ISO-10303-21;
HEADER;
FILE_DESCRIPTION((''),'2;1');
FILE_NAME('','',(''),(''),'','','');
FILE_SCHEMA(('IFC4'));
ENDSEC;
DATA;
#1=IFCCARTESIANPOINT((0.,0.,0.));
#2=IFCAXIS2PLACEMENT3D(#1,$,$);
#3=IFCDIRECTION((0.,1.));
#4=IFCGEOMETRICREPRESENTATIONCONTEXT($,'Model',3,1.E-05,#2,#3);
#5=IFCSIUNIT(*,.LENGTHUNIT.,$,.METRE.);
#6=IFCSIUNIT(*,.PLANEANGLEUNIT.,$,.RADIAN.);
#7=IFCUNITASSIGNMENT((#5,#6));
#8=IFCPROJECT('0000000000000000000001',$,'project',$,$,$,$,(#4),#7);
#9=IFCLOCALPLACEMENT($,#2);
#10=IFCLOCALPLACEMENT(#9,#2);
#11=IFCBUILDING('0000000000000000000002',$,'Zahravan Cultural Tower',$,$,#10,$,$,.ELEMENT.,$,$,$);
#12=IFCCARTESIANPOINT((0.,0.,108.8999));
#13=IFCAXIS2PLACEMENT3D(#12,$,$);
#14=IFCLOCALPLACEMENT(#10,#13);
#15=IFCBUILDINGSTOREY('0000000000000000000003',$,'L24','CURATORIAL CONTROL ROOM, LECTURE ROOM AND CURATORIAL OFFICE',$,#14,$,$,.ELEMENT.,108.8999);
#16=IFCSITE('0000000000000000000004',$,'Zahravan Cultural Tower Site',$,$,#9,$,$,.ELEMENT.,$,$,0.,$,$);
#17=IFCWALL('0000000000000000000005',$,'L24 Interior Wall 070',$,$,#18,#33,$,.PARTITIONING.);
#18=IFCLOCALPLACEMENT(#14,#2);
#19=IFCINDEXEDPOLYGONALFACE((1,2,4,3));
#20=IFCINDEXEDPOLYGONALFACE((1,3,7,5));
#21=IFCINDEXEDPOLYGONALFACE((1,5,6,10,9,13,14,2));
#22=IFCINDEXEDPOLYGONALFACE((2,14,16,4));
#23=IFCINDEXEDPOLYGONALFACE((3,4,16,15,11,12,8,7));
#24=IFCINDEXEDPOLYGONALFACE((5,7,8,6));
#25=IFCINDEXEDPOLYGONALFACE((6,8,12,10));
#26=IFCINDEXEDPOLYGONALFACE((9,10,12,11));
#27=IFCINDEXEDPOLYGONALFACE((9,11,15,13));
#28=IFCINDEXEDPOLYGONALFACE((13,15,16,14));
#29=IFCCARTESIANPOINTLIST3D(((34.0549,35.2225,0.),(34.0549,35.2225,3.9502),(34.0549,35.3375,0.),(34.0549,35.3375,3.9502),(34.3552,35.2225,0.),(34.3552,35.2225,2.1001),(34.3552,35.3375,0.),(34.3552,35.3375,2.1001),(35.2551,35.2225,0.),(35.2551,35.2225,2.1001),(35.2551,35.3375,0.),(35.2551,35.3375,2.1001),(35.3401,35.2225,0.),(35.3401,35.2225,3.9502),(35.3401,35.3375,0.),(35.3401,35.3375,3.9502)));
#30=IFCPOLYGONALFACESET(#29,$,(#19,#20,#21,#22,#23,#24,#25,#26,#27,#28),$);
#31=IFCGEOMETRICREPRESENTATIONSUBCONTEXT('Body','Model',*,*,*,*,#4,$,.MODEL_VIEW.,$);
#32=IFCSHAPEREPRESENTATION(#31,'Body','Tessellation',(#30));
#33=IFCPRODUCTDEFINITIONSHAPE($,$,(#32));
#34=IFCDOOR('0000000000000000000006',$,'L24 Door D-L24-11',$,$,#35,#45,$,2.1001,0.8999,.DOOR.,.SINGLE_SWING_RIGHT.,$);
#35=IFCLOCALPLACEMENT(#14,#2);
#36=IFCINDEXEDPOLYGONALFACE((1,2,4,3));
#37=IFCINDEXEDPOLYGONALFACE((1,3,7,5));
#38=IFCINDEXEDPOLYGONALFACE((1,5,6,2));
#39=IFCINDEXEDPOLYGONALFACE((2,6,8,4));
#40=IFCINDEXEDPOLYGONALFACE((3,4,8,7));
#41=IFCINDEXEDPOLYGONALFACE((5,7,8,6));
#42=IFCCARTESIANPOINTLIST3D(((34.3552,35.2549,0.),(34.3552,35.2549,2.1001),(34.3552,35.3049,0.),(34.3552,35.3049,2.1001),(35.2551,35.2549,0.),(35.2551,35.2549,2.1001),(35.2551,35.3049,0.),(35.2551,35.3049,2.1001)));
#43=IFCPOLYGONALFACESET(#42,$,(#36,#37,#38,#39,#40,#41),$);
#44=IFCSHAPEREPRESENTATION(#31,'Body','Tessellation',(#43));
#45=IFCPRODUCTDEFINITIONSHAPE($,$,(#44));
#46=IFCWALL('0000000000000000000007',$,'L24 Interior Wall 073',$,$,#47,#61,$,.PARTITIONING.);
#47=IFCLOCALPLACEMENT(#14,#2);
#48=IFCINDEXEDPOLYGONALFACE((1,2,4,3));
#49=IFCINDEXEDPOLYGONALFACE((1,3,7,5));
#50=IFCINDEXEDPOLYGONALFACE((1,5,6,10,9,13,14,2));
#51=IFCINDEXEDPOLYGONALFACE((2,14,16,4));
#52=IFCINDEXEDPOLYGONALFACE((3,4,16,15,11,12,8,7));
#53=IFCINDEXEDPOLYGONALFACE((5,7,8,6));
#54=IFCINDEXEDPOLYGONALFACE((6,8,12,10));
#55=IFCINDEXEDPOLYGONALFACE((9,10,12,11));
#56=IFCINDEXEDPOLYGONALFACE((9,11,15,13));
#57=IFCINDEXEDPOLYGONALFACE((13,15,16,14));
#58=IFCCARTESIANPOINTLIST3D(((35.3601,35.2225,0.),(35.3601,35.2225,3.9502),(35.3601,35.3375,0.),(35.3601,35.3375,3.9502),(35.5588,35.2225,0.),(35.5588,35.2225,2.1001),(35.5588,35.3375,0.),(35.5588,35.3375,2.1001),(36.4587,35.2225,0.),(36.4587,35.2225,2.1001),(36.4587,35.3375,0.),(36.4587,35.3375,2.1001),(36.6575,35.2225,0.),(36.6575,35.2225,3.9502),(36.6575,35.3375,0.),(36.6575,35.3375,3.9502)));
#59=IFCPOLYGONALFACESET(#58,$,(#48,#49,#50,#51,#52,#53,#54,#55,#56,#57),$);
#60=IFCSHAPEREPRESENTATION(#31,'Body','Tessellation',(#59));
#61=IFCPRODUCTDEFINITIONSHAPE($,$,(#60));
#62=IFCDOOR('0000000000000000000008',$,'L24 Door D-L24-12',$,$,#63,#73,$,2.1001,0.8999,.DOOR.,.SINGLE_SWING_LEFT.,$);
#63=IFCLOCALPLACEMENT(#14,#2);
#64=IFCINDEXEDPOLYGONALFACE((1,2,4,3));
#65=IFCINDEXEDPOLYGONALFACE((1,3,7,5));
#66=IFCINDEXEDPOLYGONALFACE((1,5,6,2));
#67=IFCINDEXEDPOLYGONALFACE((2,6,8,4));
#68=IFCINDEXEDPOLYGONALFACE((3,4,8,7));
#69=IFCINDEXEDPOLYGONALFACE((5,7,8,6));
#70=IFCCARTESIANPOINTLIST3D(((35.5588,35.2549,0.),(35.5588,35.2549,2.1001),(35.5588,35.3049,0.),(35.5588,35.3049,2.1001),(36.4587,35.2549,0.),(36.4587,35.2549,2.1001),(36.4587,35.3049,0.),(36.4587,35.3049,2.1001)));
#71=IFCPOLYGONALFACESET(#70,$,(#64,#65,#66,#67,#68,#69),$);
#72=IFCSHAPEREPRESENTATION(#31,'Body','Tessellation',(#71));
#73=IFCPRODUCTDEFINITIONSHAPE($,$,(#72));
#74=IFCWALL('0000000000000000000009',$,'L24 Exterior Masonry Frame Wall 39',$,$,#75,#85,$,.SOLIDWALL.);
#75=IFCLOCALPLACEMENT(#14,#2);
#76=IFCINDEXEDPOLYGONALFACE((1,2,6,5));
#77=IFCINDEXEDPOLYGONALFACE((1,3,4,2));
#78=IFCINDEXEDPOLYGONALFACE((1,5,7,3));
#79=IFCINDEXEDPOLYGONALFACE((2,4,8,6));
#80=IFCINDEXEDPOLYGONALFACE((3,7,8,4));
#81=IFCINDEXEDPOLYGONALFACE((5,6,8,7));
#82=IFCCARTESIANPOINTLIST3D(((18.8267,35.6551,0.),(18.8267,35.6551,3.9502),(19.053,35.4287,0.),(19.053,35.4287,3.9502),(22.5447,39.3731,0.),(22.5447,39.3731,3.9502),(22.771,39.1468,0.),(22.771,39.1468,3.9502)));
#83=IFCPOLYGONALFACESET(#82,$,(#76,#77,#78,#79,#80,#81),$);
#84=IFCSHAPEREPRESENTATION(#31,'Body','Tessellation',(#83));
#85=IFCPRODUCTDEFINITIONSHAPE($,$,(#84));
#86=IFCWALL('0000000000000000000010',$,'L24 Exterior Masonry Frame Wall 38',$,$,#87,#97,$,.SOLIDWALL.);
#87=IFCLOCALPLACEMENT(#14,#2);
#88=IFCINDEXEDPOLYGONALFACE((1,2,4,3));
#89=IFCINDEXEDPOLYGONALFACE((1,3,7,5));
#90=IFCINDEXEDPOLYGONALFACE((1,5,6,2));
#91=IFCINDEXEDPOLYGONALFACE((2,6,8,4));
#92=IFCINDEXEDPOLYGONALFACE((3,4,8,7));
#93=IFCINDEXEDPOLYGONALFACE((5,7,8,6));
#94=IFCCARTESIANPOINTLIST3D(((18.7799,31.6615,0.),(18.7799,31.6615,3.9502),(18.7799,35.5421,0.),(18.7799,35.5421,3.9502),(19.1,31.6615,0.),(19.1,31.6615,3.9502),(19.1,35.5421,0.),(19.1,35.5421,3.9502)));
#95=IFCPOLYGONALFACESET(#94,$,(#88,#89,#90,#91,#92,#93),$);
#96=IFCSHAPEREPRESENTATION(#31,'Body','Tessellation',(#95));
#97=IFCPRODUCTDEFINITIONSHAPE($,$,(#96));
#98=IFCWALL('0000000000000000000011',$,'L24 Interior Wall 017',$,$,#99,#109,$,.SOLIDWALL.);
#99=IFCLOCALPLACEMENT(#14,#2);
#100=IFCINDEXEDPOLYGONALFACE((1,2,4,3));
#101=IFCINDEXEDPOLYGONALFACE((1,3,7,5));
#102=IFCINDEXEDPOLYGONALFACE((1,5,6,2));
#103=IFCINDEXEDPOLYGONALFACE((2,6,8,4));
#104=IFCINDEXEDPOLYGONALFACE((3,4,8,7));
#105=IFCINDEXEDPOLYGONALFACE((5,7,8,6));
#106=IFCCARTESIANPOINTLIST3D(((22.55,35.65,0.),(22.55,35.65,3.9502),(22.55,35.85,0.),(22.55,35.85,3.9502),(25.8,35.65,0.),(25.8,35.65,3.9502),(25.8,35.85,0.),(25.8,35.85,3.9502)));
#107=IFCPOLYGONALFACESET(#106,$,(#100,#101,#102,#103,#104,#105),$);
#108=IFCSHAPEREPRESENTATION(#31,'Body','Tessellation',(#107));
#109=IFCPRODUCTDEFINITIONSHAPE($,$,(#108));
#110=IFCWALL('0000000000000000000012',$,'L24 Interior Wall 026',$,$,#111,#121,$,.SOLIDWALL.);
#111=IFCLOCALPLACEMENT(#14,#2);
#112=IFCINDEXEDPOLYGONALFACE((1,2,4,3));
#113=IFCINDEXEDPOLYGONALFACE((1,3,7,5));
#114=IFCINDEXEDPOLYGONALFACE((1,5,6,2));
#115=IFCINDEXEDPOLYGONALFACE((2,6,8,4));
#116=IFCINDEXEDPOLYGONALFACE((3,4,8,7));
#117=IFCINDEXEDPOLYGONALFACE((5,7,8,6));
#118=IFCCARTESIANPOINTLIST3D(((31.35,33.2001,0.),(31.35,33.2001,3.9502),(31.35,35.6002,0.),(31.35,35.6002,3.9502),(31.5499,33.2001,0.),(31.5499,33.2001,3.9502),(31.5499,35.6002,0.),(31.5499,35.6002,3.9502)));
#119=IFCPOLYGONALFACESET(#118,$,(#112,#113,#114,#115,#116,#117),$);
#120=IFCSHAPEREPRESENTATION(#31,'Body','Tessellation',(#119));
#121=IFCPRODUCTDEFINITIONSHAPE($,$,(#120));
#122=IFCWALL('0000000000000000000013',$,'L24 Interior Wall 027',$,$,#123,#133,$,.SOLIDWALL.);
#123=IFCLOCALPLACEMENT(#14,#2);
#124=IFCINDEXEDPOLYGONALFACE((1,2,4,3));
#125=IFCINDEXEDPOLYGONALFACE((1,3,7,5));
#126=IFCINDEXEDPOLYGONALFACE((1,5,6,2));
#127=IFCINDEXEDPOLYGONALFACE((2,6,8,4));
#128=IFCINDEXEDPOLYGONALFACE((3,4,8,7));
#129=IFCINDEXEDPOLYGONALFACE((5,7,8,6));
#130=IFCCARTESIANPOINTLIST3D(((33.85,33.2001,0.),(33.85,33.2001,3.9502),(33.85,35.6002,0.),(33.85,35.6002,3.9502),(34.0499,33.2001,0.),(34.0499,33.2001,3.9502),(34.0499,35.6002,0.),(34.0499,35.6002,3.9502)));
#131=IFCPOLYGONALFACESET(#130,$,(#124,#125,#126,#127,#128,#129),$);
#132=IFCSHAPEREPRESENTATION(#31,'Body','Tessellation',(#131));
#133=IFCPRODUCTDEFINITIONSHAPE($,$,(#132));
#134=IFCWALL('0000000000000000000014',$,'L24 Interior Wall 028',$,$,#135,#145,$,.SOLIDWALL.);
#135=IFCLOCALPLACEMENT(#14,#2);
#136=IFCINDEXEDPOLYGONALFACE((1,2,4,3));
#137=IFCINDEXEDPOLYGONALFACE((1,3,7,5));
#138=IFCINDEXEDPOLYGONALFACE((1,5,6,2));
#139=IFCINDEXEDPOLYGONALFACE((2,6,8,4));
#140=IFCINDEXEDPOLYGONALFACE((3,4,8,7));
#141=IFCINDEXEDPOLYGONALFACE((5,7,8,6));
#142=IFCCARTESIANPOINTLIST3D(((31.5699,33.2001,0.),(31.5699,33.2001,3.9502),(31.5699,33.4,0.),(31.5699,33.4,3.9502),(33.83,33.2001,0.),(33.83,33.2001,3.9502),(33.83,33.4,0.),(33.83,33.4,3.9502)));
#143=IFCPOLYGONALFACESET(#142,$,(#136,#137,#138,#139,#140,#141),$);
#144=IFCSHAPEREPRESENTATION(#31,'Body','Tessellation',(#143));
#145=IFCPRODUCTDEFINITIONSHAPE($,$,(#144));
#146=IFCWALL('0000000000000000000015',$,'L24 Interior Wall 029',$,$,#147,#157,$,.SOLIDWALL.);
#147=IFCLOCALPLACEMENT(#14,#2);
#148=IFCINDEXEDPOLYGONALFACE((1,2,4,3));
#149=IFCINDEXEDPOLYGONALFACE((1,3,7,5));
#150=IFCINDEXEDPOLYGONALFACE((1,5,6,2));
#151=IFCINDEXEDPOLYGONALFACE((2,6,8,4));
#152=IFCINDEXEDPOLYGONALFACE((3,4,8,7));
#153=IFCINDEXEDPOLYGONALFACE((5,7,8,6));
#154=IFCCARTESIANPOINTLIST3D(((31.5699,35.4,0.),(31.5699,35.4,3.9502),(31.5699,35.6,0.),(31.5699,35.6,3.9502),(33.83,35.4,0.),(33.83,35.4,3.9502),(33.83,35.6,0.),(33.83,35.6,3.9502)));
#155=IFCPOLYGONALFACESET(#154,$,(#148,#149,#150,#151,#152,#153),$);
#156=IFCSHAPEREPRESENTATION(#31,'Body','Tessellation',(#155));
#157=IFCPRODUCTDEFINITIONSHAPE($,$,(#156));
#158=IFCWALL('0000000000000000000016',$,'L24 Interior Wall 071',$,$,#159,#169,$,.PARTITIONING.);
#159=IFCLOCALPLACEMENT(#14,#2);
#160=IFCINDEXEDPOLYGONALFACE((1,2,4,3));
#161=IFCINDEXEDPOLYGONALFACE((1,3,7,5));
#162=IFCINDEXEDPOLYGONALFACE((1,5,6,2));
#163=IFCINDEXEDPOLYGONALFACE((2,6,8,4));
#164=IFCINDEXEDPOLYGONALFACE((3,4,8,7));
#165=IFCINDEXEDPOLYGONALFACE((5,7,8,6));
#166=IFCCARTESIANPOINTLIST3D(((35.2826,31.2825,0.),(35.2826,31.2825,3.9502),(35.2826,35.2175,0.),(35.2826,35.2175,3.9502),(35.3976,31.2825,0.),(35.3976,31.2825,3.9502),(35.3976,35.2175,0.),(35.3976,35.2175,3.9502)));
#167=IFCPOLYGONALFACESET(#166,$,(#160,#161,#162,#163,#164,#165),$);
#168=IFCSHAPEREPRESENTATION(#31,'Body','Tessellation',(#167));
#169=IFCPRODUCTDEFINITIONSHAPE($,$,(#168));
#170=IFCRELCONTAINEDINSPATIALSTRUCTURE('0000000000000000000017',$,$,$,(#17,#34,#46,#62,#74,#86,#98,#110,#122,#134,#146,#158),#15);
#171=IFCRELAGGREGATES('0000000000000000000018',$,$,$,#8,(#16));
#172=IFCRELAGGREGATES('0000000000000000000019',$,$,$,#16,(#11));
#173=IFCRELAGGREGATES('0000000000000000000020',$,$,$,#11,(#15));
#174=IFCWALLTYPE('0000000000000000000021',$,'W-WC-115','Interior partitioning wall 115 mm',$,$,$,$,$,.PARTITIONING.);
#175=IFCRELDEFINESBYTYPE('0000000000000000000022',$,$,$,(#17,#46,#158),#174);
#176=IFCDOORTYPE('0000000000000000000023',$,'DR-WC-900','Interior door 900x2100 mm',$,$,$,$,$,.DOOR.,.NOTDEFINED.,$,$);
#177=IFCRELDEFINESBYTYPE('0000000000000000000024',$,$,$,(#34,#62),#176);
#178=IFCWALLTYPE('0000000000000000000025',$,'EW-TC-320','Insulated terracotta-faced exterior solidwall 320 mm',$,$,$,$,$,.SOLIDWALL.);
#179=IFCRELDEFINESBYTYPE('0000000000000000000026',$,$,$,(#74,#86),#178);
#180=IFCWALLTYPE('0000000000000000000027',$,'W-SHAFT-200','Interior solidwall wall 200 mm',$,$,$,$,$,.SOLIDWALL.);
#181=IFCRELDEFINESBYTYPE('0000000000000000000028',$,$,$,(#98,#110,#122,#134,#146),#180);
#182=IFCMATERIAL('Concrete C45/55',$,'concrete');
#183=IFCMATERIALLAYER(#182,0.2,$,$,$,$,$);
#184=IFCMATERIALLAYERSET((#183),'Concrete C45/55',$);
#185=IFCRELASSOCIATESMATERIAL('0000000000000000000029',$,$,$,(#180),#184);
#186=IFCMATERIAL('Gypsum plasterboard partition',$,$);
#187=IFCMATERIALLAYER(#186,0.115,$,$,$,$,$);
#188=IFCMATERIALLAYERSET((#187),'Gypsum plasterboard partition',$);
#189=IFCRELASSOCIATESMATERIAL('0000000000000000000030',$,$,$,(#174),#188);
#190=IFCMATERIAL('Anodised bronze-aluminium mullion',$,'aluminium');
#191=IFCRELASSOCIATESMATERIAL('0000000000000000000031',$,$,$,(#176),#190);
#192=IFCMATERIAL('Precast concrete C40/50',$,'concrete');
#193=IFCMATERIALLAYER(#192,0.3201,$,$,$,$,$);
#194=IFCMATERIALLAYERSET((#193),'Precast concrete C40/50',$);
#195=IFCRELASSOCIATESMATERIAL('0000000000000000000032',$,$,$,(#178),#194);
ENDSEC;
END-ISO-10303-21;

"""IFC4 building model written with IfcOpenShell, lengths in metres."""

from ifc_helpers import new_model, si_unit, direction, frame, frame_2d, origin, place, context, subcontext, project, spatial, rectangle, extrude, source, transform, mapped, material, layer, layer_set, type_object, element, fill, save


model = new_model("IFC4")

# Units and contexts
model_context = context("Model", 3, precision=1e-05, world=origin(), true_north=direction((0.0, 1.0)))
body_context = subcontext(model_context, "Body", "Model", "MODEL_VIEW")
ifc_project = project(units=[si_unit("LENGTHUNIT", "METRE"), si_unit("PLANEANGLEUNIT", "RADIAN")], contexts=[model_context])

# Site, building, storey
site_placement = place(None, origin())
site = spatial("IfcSite", under=ifc_project, at=site_placement, Name="Zahravan Cultural Tower Site", CompositionType="ELEMENT", RefElevation=0.0)
building_placement = place(site_placement, origin())
building = spatial("IfcBuilding", under=site, at=building_placement, Name="Zahravan Cultural Tower", CompositionType="ELEMENT")
storey_placement = place(building_placement, frame((0.0, 0.0, 108.8999)))
storey = spatial("IfcBuildingStorey", under=building, at=storey_placement, Name="L24", Description="CURATORIAL CONTROL ROOM, LECTURE ROOM AND CURATORIAL OFFICE", CompositionType="ELEMENT", Elevation=108.8999)

# Walls, openings, doors
ifc_material_1 = material(Name="Gypsum plasterboard partition")
ifc_material_2 = material(Name="Anodised bronze-aluminium mullion", Category="aluminium")
ifc_material_3 = material(Name="Concrete C45/55", Category="concrete")
ifc_layer_1 = layer(ifc_material_3, 0.2)
ifc_layer_set_1 = layer_set([ifc_layer_1], Name="Concrete C45/55")
wall_type_1 = type_object("IfcWallType", Name="W-SHAFT-200", Description="Interior solidwall wall 200 mm", PredefinedType="SOLIDWALL", material=ifc_layer_set_1)
ifc_layer_2 = layer(ifc_material_1, 0.115)
ifc_layer_set_2 = layer_set([ifc_layer_2], Name="Gypsum plasterboard partition")
wall_type_2 = type_object("IfcWallType", Name="W-WC-115", Description="Interior partitioning wall 115 mm", PredefinedType="PARTITIONING", material=ifc_layer_set_2)
wall_1_placement = place(storey_placement, frame((34.0549, 35.28, 0.0), z_axis=(0.0, 0.0, 1.0), x_axis=(1.0, 0.0, 0.0)))
wall_1 = element("IfcWall", 1, at=wall_1_placement, inside=storey, type_object=wall_type_2, Name="L24 Interior Wall 070", PredefinedType="PARTITIONING", context=body_context, shape_type="SweptSolid", body=[
    extrude(rectangle(XDim=1.2852, YDim=0.115, at=frame_2d((0.6426, 0.0))), origin(), (0.0, 0.0, 1.0), 3.9502),
])
opening_1_placement = place(wall_1_placement, frame((0.3003, 0.0, 0.0)))
opening_1 = element("IfcOpeningElement", 2, at=opening_1_placement, cuts=wall_1, PredefinedType="OPENING", context=body_context, shape_type="SweptSolid", body=[
    extrude(rectangle(XDim=0.8999, YDim=2.1001, at=frame_2d((0.45, 1.05))), frame((0.0, 0.0674, 0.0), z_axis=(0.0, -1.0, 0.0), x_axis=(1.0, 0.0, 0.0)), (0.0, 0.0, 1.0), 0.135),
])
door_type_1 = type_object("IfcDoorType", Name="DR-WC-900", Description="Interior door 900x2100 mm", OperationType="NOTDEFINED", PredefinedType="DOOR", material=ifc_material_2)
shared_shape_1 = source(origin(), body_context, "Body", "SweptSolid", [
    extrude(rectangle(XDim=0.8999, YDim=2.1001, at=frame_2d((0.45, 1.05))), frame((0.0, 0.0249, 0.0), z_axis=(0.0, -1.0, 0.0), x_axis=(1.0, 0.0, 0.0)), (0.0, 0.0, 1.0), 0.05),
])
door_1_placement = place(opening_1_placement, origin())
door_1 = element("IfcDoor", 3, at=door_1_placement, inside=storey, type_object=door_type_1, Name="L24 Door D-L24-11", OperationType="SINGLE_SWING_RIGHT", OverallHeight=2.1001, OverallWidth=0.8999, PredefinedType="DOOR", context=body_context, shape_type="MappedRepresentation", body=[
    mapped(shared_shape_1, transform((0.0, 0.0, 0.0), x_axis=(1.0, 0.0, 0.0), y_axis=(0.0, 1.0, 0.0), z_axis=(0.0, 0.0, 1.0), scale=1.0)),
])
fill(opening_1, door_1)
wall_2_placement = place(storey_placement, frame((35.3601, 35.28, 0.0), z_axis=(0.0, 0.0, 1.0), x_axis=(1.0, 0.0, 0.0)))
wall_2 = element("IfcWall", 4, at=wall_2_placement, inside=storey, type_object=wall_type_2, Name="L24 Interior Wall 073", PredefinedType="PARTITIONING", context=body_context, shape_type="SweptSolid", body=[
    extrude(rectangle(XDim=1.2974, YDim=0.115, at=frame_2d((0.6487, 0.0))), origin(), (0.0, 0.0, 1.0), 3.9502),
])
opening_2_placement = place(wall_2_placement, frame((0.1987, 0.0, 0.0)))
opening_2 = element("IfcOpeningElement", 5, at=opening_2_placement, cuts=wall_2, PredefinedType="OPENING", context=body_context, shape_type="SweptSolid", body=[
    extrude(rectangle(XDim=0.8999, YDim=2.1001, at=frame_2d((0.45, 1.05))), frame((0.0, 0.0674, 0.0), z_axis=(0.0, -1.0, 0.0), x_axis=(1.0, 0.0, 0.0)), (0.0, 0.0, 1.0), 0.135),
])
door_2_placement = place(opening_2_placement, origin())
door_2 = element("IfcDoor", 6, at=door_2_placement, inside=storey, type_object=door_type_1, Name="L24 Door D-L24-12", OperationType="SINGLE_SWING_LEFT", OverallHeight=2.1001, OverallWidth=0.8999, PredefinedType="DOOR", context=body_context, shape_type="MappedRepresentation", body=[
    mapped(shared_shape_1, transform((0.0, 0.0, 0.0), x_axis=(1.0, 0.0, 0.0), y_axis=(0.0, 1.0, 0.0), z_axis=(0.0, 0.0, 1.0), scale=1.0)),
])
fill(opening_2, door_2)

# Walls
ifc_material_4 = material(Name="Precast concrete C40/50", Category="concrete")
ifc_layer_3 = layer(ifc_material_4, 0.3201)
ifc_layer_set_3 = layer_set([ifc_layer_3], Name="Precast concrete C40/50")
wall_type_3 = type_object("IfcWallType", Name="EW-TC-320", Description="Insulated terracotta-faced exterior solidwall 320 mm", PredefinedType="SOLIDWALL", material=ifc_layer_set_3)
shared_shape_2 = source(origin(), body_context, "Body", "SweptSolid", [
    extrude(rectangle(XDim=5.2581, YDim=0.3201, at=frame_2d((2.6289, 0.0))), origin(), (0.0, 0.0, 1.0), 3.9502),
])
wall_3_placement = place(storey_placement, frame((18.9399, 35.542, 0.0), z_axis=(0.0, 0.0, 1.0), x_axis=(0.707107, 0.707107, 0.0)))
element("IfcWall", 7, at=wall_3_placement, inside=storey, type_object=wall_type_3, Name="L24 Exterior Masonry Frame Wall 39", PredefinedType="SOLIDWALL", context=body_context, shape_type="MappedRepresentation", body=[
    mapped(shared_shape_2, transform((0.0, 0.0, 0.0), x_axis=(1.0, 0.0, 0.0), y_axis=(0.0, 1.0, 0.0), z_axis=(0.0, 0.0, 1.0), scale=1.0)),
])
shared_shape_3 = source(origin(), body_context, "Body", "SweptSolid", [
    extrude(rectangle(XDim=3.8806, YDim=0.3201, at=frame_2d((1.9404, 0.0))), origin(), (0.0, 0.0, 1.0), 3.9502),
])
wall_4_placement = place(storey_placement, frame((18.9399, 31.6614, 0.0), z_axis=(0.0, 0.0, 1.0), x_axis=(0.0, 1.0, 0.0)))
element("IfcWall", 8, at=wall_4_placement, inside=storey, type_object=wall_type_3, Name="L24 Exterior Masonry Frame Wall 38", PredefinedType="SOLIDWALL", context=body_context, shape_type="MappedRepresentation", body=[
    mapped(shared_shape_3, transform((0.0, 0.0, 0.0), x_axis=(1.0, 0.0, 0.0), y_axis=(0.0, 1.0, 0.0), z_axis=(0.0, 0.0, 1.0), scale=1.0)),
])
shared_shape_4 = source(origin(), body_context, "Body", "SweptSolid", [
    extrude(rectangle(XDim=3.25, YDim=0.2, at=frame_2d((1.625, 0.0))), origin(), (0.0, 0.0, 1.0), 3.9502),
])
wall_5_placement = place(storey_placement, frame((22.55, 35.75, 0.0), z_axis=(0.0, 0.0, 1.0), x_axis=(1.0, 0.0, 0.0)))
element("IfcWall", 9, at=wall_5_placement, inside=storey, type_object=wall_type_1, Name="L24 Interior Wall 017", PredefinedType="SOLIDWALL", context=body_context, shape_type="MappedRepresentation", body=[
    mapped(shared_shape_4, transform((0.0, 0.0, 0.0), x_axis=(1.0, 0.0, 0.0), y_axis=(0.0, 1.0, 0.0), z_axis=(0.0, 0.0, 1.0), scale=1.0)),
])
shared_shape_5 = source(origin(), body_context, "Body", "SweptSolid", [
    extrude(rectangle(XDim=2.4001, YDim=0.2, at=frame_2d((1.2002, 0.0))), origin(), (0.0, 0.0, 1.0), 3.9502),
])
for number, where, z_axis, x_axis, name in (
    (10, (31.45, 33.2, 0.0), (0.0, 0.0, 1.0), (0.0, 1.0, 0.0), "L24 Interior Wall 026"),
    (11, (33.95, 33.2, 0.0), (0.0, 0.0, 1.0), (0.0, 1.0, 0.0), "L24 Interior Wall 027"),
):
    element("IfcWall", number, at=place(storey_placement, frame(where, z_axis=z_axis, x_axis=x_axis)), inside=storey, type_object=wall_type_1, Name=name, PredefinedType="SOLIDWALL", context=body_context, shape_type="MappedRepresentation", body=[
        mapped(shared_shape_5, transform((0.0, 0.0, 0.0), x_axis=(1.0, 0.0, 0.0), y_axis=(0.0, 1.0, 0.0), z_axis=(0.0, 0.0, 1.0), scale=1.0)),
    ])
shared_shape_6 = source(origin(), body_context, "Body", "SweptSolid", [
    extrude(rectangle(XDim=2.26, YDim=0.2, at=frame_2d((1.1299, 0.0))), origin(), (0.0, 0.0, 1.0), 3.9502),
])
for number, where, z_axis, x_axis, name in (
    (12, (31.5701, 33.3, 0.0), (0.0, 0.0, 1.0), (1.0, 0.0, 0.0), "L24 Interior Wall 028"),
    (13, (31.5701, 35.5, 0.0), (0.0, 0.0, 1.0), (1.0, 0.0, 0.0), "L24 Interior Wall 029"),
):
    element("IfcWall", number, at=place(storey_placement, frame(where, z_axis=z_axis, x_axis=x_axis)), inside=storey, type_object=wall_type_1, Name=name, PredefinedType="SOLIDWALL", context=body_context, shape_type="MappedRepresentation", body=[
        mapped(shared_shape_6, transform((0.0, 0.0, 0.0), x_axis=(1.0, 0.0, 0.0), y_axis=(0.0, 1.0, 0.0), z_axis=(0.0, 0.0, 1.0), scale=1.0)),
    ])
shared_shape_7 = source(origin(), body_context, "Body", "SweptSolid", [
    extrude(rectangle(XDim=3.9351, YDim=0.115, at=frame_2d((1.9675, 0.0))), origin(), (0.0, 0.0, 1.0), 3.9502),
])
wall_6_placement = place(storey_placement, frame((35.3401, 35.2175, 0.0), z_axis=(0.0, 0.0, 1.0), x_axis=(0.0, -1.0, 0.0)))
element("IfcWall", 14, at=wall_6_placement, inside=storey, type_object=wall_type_2, Name="L24 Interior Wall 071", PredefinedType="PARTITIONING", context=body_context, shape_type="MappedRepresentation", body=[
    mapped(shared_shape_7, transform((0.0, 0.0, 0.0), x_axis=(1.0, 0.0, 0.0), y_axis=(0.0, 1.0, 0.0), z_axis=(0.0, 0.0, 1.0), scale=1.0)),
])

save(model, "model.ifc")
